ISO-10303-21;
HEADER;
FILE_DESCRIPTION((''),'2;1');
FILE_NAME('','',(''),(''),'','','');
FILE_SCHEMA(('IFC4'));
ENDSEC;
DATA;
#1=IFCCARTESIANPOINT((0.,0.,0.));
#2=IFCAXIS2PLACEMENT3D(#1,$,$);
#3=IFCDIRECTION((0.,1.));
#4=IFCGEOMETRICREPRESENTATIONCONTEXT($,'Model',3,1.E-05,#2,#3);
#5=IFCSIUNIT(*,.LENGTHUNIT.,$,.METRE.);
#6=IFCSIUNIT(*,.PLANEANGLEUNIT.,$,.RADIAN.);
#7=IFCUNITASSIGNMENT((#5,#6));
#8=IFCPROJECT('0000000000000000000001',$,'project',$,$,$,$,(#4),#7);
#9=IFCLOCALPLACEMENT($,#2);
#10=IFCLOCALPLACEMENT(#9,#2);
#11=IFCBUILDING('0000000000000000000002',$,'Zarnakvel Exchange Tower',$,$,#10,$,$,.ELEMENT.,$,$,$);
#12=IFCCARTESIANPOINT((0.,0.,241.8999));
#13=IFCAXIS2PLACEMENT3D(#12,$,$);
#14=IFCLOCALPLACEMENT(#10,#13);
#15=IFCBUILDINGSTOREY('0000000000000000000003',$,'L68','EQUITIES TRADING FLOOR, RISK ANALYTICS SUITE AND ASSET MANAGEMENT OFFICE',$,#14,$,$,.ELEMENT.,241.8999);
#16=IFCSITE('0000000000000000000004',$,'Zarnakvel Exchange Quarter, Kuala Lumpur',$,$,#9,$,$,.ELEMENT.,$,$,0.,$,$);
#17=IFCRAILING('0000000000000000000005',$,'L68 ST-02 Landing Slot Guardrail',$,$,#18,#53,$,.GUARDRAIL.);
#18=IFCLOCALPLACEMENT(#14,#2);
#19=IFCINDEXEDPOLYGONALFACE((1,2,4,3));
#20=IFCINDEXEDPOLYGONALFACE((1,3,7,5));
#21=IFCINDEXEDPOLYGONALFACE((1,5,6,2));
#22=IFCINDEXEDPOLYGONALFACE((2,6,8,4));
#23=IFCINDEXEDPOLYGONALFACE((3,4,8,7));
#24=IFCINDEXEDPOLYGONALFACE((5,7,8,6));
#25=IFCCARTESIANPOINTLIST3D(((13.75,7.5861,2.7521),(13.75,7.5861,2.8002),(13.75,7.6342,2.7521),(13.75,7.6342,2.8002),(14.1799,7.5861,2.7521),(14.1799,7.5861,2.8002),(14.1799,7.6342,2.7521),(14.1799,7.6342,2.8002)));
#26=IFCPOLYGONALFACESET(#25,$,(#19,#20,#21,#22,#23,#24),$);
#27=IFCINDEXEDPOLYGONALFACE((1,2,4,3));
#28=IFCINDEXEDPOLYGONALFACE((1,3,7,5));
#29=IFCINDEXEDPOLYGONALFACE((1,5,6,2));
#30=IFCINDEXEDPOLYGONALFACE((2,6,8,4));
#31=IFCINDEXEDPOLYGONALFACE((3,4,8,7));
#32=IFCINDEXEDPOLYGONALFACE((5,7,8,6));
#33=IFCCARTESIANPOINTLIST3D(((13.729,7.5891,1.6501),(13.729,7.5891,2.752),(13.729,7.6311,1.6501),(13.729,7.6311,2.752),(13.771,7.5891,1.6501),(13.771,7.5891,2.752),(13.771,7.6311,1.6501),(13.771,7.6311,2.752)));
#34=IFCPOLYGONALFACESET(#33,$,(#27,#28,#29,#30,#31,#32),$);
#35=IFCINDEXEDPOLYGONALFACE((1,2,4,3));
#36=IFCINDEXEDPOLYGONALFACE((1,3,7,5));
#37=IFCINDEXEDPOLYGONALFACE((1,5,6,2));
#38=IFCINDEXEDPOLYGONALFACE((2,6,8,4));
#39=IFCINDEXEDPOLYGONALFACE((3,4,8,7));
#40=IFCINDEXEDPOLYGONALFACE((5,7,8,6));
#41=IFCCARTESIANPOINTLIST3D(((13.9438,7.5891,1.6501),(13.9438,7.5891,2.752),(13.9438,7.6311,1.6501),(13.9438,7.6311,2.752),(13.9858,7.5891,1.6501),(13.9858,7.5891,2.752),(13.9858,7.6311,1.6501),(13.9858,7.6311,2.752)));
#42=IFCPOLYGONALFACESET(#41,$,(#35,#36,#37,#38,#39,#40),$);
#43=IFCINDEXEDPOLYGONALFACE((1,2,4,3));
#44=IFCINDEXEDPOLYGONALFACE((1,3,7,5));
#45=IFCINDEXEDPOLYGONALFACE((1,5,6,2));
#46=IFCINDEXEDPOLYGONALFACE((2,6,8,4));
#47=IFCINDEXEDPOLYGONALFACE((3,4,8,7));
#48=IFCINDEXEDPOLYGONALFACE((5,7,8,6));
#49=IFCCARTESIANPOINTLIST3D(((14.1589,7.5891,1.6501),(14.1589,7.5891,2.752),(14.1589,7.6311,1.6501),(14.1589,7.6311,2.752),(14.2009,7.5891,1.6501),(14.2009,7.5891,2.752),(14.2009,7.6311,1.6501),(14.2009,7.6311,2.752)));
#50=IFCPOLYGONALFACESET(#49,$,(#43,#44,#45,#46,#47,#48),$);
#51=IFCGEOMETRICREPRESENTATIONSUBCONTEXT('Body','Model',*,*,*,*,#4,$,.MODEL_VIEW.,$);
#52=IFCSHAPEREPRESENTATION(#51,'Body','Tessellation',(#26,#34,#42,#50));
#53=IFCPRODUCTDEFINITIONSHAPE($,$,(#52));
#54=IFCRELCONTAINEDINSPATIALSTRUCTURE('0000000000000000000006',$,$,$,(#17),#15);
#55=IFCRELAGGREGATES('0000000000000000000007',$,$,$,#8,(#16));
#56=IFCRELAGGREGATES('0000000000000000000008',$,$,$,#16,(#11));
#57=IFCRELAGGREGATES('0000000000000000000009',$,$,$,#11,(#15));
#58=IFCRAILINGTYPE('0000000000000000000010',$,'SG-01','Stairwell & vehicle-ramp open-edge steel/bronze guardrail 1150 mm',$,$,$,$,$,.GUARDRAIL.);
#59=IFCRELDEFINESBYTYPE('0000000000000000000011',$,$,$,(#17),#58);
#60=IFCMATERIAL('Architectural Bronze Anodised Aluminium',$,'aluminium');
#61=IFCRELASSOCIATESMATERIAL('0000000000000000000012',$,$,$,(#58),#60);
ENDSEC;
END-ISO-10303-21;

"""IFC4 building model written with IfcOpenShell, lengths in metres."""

from ifc_helpers import new_model, si_unit, direction, frame, origin, origin_2d, place, context, subcontext, project, spatial, rectangle, extrude, material, type_object, element, save


model = new_model("IFC4")

# Units and contexts
model_context = context("Model", 3, precision=1e-05, world=origin(), true_north=direction((0.0, 1.0)))
body_context = subcontext(model_context, "Body", "Model", "MODEL_VIEW")
ifc_project = project(units=[si_unit("LENGTHUNIT", "METRE"), si_unit("PLANEANGLEUNIT", "RADIAN")], contexts=[model_context])

# Site, building, storey
site_placement = place(None, origin())
site = spatial("IfcSite", under=ifc_project, at=site_placement, Name="Zarnakvel Exchange Quarter, Kuala Lumpur", CompositionType="ELEMENT", RefElevation=0.0)
building_placement = place(site_placement, origin())
building = spatial("IfcBuilding", under=site, at=building_placement, Name="Zarnakvel Exchange Tower", CompositionType="ELEMENT")
storey_placement = place(building_placement, frame((0.0, 0.0, 241.8999)))
storey = spatial("IfcBuildingStorey", under=building, at=storey_placement, Name="L68", Description="EQUITIES TRADING FLOOR, RISK ANALYTICS SUITE AND ASSET MANAGEMENT OFFICE", CompositionType="ELEMENT", Elevation=241.8999)

# Shared definitions
ifc_material_1 = material(Name="Architectural Bronze Anodised Aluminium", Category="aluminium")

# Railing
railing_type_1 = type_object("IfcRailingType", Name="SG-01", Description="Stairwell & vehicle-ramp open-edge steel/bronze guardrail 1150 mm", PredefinedType="GUARDRAIL", material=ifc_material_1)
railing_1_placement = place(storey_placement, frame((13.75, 7.6101, 1.6501)))
element("IfcRailing", 1, at=railing_1_placement, inside=storey, type_object=railing_type_1, Name="L68 ST-02 Landing Slot Guardrail", PredefinedType="GUARDRAIL", context=body_context, shape_type="SweptSolid", body=[
    extrude(rectangle(XDim=0.0481, YDim=0.0481, at=origin_2d()), frame((0.0, 0.0, 1.126), z_axis=(1.0, 0.0, 0.0), x_axis=(0.0, 1.0, 0.0)), (0.0, 0.0, 1.0), 0.4299),
    extrude(rectangle(XDim=0.042, YDim=0.042, at=origin_2d()), origin(), (0.0, 0.0, 1.0), 1.1018),
    extrude(rectangle(XDim=0.042, YDim=0.042, at=origin_2d()), frame((0.2148, 0.0, 0.0)), (0.0, 0.0, 1.0), 1.1018),
    extrude(rectangle(XDim=0.042, YDim=0.042, at=origin_2d()), frame((0.4299, 0.0, 0.0)), (0.0, 0.0, 1.0), 1.1018),
])

save(model, "model.ifc")
